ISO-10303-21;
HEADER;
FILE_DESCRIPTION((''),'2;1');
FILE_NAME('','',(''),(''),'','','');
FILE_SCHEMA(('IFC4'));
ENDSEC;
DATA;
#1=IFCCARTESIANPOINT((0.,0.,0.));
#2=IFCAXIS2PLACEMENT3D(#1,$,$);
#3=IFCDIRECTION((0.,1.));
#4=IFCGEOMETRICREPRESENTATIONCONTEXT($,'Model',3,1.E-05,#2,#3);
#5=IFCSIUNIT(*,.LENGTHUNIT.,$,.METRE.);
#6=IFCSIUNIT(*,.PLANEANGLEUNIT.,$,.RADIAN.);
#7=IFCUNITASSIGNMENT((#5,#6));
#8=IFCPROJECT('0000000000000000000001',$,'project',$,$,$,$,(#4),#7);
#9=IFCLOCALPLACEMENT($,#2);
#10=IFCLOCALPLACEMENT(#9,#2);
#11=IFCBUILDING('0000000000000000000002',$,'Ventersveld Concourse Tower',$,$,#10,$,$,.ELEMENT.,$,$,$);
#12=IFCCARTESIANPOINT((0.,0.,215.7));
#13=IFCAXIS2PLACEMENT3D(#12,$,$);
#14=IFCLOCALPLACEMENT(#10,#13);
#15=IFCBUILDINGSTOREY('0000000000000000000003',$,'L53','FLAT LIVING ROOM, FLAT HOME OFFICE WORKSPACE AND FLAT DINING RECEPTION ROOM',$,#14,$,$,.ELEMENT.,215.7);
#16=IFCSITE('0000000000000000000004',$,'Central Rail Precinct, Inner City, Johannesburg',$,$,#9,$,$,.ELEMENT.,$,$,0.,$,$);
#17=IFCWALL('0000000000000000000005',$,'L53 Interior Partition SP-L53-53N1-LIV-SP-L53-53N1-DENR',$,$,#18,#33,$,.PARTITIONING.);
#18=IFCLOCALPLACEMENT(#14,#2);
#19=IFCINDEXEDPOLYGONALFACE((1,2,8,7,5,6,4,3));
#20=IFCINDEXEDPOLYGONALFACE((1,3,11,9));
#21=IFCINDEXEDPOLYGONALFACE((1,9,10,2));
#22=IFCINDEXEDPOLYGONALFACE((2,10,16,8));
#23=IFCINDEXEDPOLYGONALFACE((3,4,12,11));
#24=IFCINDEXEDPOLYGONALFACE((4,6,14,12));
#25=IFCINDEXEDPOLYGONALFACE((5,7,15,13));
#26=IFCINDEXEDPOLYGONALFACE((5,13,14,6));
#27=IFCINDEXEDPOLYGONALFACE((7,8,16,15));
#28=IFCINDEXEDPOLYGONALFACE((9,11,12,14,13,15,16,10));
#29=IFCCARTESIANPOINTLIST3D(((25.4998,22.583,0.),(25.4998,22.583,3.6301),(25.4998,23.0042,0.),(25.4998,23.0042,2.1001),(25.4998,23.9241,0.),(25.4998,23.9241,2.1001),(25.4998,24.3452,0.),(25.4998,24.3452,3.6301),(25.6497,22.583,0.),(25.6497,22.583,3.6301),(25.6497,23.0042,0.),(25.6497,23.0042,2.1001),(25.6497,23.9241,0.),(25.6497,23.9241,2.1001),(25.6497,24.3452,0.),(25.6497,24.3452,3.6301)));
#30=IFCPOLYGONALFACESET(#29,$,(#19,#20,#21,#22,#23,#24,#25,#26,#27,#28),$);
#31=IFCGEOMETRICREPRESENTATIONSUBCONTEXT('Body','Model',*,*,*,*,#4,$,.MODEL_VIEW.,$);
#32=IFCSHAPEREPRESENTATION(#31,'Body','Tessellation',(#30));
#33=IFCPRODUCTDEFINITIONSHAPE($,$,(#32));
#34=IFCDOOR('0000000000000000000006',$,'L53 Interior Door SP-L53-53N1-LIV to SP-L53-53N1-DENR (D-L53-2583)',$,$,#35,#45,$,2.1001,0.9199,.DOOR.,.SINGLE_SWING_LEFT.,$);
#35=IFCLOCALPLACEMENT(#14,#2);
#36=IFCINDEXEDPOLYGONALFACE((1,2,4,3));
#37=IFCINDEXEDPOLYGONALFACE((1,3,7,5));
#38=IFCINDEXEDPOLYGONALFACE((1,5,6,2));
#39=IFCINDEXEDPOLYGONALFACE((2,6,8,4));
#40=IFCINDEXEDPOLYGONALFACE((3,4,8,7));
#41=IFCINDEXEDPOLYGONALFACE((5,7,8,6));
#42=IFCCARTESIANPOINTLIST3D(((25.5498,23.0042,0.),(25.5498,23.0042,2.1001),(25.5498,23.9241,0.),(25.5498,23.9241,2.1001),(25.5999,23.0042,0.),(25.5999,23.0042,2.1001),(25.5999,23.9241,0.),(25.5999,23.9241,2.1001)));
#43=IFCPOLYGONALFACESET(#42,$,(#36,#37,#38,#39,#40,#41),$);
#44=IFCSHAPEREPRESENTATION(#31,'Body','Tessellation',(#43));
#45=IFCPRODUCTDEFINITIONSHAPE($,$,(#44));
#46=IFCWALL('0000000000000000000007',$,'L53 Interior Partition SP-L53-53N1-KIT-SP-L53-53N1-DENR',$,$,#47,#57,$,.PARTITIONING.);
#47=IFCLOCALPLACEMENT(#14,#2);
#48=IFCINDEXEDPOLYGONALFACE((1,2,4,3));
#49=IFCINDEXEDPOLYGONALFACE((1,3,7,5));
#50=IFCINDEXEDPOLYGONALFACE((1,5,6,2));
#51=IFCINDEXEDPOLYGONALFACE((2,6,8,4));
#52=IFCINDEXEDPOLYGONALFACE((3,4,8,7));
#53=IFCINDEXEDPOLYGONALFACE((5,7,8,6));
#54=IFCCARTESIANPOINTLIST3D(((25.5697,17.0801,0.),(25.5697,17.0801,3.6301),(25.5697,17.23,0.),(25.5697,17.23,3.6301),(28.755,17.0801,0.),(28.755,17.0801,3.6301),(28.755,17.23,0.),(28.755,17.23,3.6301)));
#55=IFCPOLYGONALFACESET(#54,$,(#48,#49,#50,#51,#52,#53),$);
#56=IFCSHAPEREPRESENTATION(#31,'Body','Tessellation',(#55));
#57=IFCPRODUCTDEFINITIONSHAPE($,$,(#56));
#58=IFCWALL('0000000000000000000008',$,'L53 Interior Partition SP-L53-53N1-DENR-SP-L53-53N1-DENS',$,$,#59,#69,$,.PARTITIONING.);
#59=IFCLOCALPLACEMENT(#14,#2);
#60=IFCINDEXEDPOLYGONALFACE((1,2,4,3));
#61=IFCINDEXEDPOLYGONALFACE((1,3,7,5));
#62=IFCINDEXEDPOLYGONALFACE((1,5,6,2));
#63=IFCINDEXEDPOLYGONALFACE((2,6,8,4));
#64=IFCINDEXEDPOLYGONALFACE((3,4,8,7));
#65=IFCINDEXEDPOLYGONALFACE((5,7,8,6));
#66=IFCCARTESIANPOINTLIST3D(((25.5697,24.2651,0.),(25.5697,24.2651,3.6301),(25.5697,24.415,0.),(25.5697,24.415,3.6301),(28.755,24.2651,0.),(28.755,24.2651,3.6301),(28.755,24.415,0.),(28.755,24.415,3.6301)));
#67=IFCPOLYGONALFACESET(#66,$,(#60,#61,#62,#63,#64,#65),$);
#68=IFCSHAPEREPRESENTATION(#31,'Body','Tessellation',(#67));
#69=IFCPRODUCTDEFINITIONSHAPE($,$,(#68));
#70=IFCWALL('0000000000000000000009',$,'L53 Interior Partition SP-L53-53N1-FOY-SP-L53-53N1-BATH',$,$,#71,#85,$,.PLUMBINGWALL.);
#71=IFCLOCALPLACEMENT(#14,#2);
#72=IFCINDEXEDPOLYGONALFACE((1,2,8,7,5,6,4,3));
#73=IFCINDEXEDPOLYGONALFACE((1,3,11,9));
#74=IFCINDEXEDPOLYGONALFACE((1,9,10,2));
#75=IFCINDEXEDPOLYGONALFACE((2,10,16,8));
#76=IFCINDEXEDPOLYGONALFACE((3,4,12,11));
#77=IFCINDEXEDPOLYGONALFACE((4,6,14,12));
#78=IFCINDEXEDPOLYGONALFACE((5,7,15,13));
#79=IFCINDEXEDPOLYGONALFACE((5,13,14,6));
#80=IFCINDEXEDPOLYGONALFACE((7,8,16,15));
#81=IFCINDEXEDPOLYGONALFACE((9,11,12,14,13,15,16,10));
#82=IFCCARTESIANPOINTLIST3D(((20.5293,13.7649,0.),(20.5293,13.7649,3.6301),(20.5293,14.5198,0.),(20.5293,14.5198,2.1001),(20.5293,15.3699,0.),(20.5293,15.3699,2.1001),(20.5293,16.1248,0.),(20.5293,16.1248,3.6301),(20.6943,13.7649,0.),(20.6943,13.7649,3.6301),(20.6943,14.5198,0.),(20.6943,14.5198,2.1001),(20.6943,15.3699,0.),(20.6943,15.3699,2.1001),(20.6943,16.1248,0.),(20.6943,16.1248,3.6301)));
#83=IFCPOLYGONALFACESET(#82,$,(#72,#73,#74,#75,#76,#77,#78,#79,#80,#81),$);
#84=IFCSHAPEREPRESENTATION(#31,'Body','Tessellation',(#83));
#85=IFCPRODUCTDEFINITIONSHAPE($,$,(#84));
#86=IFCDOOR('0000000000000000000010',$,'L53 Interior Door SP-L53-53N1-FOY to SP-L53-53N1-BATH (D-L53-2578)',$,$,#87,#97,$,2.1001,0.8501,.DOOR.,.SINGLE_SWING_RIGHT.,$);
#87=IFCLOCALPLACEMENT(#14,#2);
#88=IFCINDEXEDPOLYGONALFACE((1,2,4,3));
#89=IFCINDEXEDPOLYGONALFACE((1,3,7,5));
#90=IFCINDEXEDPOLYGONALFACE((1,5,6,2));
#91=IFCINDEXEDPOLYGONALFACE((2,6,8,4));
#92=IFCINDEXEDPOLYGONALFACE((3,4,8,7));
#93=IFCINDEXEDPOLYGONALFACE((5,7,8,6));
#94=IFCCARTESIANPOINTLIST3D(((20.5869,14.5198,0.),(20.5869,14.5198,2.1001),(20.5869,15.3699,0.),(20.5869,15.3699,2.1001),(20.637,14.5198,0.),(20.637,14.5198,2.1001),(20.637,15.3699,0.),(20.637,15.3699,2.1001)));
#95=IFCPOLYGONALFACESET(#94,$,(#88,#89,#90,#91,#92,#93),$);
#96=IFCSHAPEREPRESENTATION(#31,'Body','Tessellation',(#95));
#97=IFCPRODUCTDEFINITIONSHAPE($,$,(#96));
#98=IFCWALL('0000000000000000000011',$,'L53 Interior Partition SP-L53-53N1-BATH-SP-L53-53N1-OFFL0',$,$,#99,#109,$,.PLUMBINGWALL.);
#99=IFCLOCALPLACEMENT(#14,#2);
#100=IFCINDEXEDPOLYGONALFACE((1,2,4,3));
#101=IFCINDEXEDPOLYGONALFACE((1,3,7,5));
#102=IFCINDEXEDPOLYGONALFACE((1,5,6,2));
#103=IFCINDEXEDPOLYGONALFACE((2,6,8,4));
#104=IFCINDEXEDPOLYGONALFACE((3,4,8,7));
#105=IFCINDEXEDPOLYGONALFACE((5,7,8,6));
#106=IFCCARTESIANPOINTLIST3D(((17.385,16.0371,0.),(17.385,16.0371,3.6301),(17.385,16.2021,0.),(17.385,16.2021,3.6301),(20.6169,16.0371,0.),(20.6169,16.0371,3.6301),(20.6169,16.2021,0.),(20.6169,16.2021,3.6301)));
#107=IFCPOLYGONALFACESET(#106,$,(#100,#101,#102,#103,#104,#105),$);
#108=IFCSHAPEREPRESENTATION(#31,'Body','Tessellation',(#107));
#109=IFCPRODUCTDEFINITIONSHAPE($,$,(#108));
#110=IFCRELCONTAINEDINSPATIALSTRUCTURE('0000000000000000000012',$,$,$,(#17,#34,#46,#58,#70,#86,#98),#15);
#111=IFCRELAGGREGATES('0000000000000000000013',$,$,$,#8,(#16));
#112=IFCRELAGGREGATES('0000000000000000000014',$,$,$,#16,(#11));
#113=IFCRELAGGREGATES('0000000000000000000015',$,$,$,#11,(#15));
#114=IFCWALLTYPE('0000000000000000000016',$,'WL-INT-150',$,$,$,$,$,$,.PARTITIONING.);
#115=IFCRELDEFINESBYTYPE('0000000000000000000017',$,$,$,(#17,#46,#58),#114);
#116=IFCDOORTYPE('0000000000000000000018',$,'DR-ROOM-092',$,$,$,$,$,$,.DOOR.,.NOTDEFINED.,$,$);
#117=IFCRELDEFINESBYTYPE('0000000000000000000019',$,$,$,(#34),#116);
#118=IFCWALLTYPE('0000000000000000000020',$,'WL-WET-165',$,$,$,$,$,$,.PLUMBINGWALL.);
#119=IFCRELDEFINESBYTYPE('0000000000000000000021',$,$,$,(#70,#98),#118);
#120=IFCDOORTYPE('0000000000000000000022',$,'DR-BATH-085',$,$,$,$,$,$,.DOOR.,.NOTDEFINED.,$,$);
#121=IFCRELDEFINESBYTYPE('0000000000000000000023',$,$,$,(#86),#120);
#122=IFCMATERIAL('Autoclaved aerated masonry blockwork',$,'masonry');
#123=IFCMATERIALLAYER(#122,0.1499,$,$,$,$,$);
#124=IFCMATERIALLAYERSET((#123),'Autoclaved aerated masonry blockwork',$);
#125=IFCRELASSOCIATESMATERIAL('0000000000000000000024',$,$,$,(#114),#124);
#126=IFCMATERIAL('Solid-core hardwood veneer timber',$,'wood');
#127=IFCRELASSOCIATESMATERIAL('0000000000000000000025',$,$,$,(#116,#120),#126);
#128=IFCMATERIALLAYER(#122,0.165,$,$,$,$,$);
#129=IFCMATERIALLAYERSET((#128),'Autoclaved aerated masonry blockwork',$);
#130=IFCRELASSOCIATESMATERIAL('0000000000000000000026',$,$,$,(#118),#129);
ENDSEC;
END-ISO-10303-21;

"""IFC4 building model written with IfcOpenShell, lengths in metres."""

from ifc_helpers import new_model, si_unit, direction, frame, frame_2d, origin, place, context, subcontext, project, spatial, rectangle, extrude, material, layer, layer_set, type_object, element, fill, save


model = new_model("IFC4")

# Units and contexts
model_context = context("Model", 3, precision=1e-05, world=origin(), true_north=direction((0.0, 1.0)))
body_context = subcontext(model_context, "Body", "Model", "MODEL_VIEW")
ifc_project = project(units=[si_unit("LENGTHUNIT", "METRE"), si_unit("PLANEANGLEUNIT", "RADIAN")], contexts=[model_context])

# Site, building, storey
site_placement = place(None, origin())
site = spatial("IfcSite", under=ifc_project, at=site_placement, Name="Central Rail Precinct, Inner City, Johannesburg", CompositionType="ELEMENT", RefElevation=0.0)
building_placement = place(site_placement, origin())
building = spatial("IfcBuilding", under=site, at=building_placement, Name="Ventersveld Concourse Tower", CompositionType="ELEMENT")
storey_placement = place(building_placement, frame((0.0, 0.0, 215.7)))
storey = spatial("IfcBuildingStorey", under=building, at=storey_placement, Name="L53", Description="FLAT LIVING ROOM, FLAT HOME OFFICE WORKSPACE AND FLAT DINING RECEPTION ROOM", CompositionType="ELEMENT", Elevation=215.7)

# Shared definitions
ifc_material_1 = material(Name="Solid-core hardwood veneer timber", Category="wood")

# Wall, opening, door
ifc_material_2 = material(Name="Autoclaved aerated masonry blockwork", Category="masonry")
ifc_layer_1 = layer(ifc_material_2, 0.1499)
ifc_layer_set_1 = layer_set([ifc_layer_1], Name="Autoclaved aerated masonry blockwork")
wall_type_1 = type_object("IfcWallType", Name="WL-INT-150", PredefinedType="PARTITIONING", material=ifc_layer_set_1)
door_type_1 = type_object("IfcDoorType", Name="DR-ROOM-092", OperationType="NOTDEFINED", PredefinedType="DOOR", material=ifc_material_1)
wall_1_placement = place(storey_placement, frame((25.5747, 22.583, 0.0), z_axis=(0.0, 0.0, 1.0), x_axis=(0.0, 1.0, 0.0)))
wall_1 = element("IfcWall", 1, at=wall_1_placement, inside=storey, type_object=wall_type_1, Name="L53 Interior Partition SP-L53-53N1-LIV-SP-L53-53N1-DENR", PredefinedType="PARTITIONING", context=body_context, shape_type="SweptSolid", body=[
    extrude(rectangle(XDim=1.7622, YDim=0.1499, at=frame_2d((0.8811, 0.0))), origin(), (0.0, 0.0, 1.0), 3.6301),
])
opening_1_placement = place(wall_1_placement, frame((0.4211, 0.0, 0.0)))
opening_1 = element("IfcOpeningElement", 2, at=opening_1_placement, cuts=wall_1, PredefinedType="OPENING", context=body_context, shape_type="SweptSolid", body=[
    extrude(rectangle(XDim=0.9199, YDim=2.1001, at=frame_2d((0.46, 1.05))), frame((0.0, 0.085, 0.0), z_axis=(0.0, -1.0, 0.0), x_axis=(1.0, 0.0, 0.0)), (0.0, 0.0, 1.0), 0.1699),
])
door_1_placement = place(opening_1_placement, origin())
door_1 = element("IfcDoor", 3, at=door_1_placement, inside=storey, type_object=door_type_1, Name="L53 Interior Door SP-L53-53N1-LIV to SP-L53-53N1-DENR (D-L53-2583)", OperationType="SINGLE_SWING_LEFT", OverallHeight=2.1001, OverallWidth=0.9199, PredefinedType="DOOR", context=body_context, shape_type="SweptSolid", body=[
    extrude(rectangle(XDim=0.9199, YDim=2.1001, at=frame_2d((0.46, 1.05))), frame((0.0, 0.0249, 0.0), z_axis=(0.0, -1.0, 0.0), x_axis=(1.0, 0.0, 0.0)), (0.0, 0.0, 1.0), 0.05),
])
fill(opening_1, door_1)

# Walls
for number, where, z_axis, x_axis, name in (
    (4, (25.5696, 17.155, 0.0), (0.0, 0.0, 1.0), (1.0, 0.0, 0.0), "L53 Interior Partition SP-L53-53N1-KIT-SP-L53-53N1-DENR"),
    (5, (25.5696, 24.3401, 0.0), (0.0, 0.0, 1.0), (1.0, 0.0, 0.0), "L53 Interior Partition SP-L53-53N1-DENR-SP-L53-53N1-DENS"),
):
    element("IfcWall", number, at=place(storey_placement, frame(where, z_axis=z_axis, x_axis=x_axis)), inside=storey, type_object=wall_type_1, Name=name, PredefinedType="PARTITIONING", context=body_context, shape_type="SweptSolid", body=[
        extrude(rectangle(XDim=3.1853, YDim=0.1499, at=frame_2d((1.5928, 0.0))), origin(), (0.0, 0.0, 1.0), 3.6301),
    ])

# Wall, opening, door
ifc_layer_2 = layer(ifc_material_2, 0.165)
ifc_layer_set_2 = layer_set([ifc_layer_2], Name="Autoclaved aerated masonry blockwork")
wall_type_2 = type_object("IfcWallType", Name="WL-WET-165", PredefinedType="PLUMBINGWALL", material=ifc_layer_set_2)
wall_2_placement = place(storey_placement, frame((20.6118, 13.7649, 0.0), z_axis=(0.0, 0.0, 1.0), x_axis=(0.0, 1.0, 0.0)))
wall_2 = element("IfcWall", 6, at=wall_2_placement, inside=storey, type_object=wall_type_2, Name="L53 Interior Partition SP-L53-53N1-FOY-SP-L53-53N1-BATH", PredefinedType="PLUMBINGWALL", context=body_context, shape_type="SweptSolid", body=[
    extrude(rectangle(XDim=2.3599, YDim=0.165, at=frame_2d((1.1799, 0.0))), origin(), (0.0, 0.0, 1.0), 3.6301),
])
opening_2_placement = place(wall_2_placement, frame((0.7549, 0.0, 0.0)))
opening_2 = element("IfcOpeningElement", 7, at=opening_2_placement, cuts=wall_2, PredefinedType="OPENING", context=body_context, shape_type="SweptSolid", body=[
    extrude(rectangle(XDim=0.8501, YDim=2.1001, at=frame_2d((0.425, 1.05))), frame((0.0, 0.0925, 0.0), z_axis=(0.0, -1.0, 0.0), x_axis=(1.0, 0.0, 0.0)), (0.0, 0.0, 1.0), 0.1851),
])
door_type_2 = type_object("IfcDoorType", Name="DR-BATH-085", OperationType="NOTDEFINED", PredefinedType="DOOR", material=ifc_material_1)
door_2_placement = place(opening_2_placement, origin())
door_2 = element("IfcDoor", 8, at=door_2_placement, inside=storey, type_object=door_type_2, Name="L53 Interior Door SP-L53-53N1-FOY to SP-L53-53N1-BATH (D-L53-2578)", OperationType="SINGLE_SWING_RIGHT", OverallHeight=2.1001, OverallWidth=0.8501, PredefinedType="DOOR", context=body_context, shape_type="SweptSolid", body=[
    extrude(rectangle(XDim=0.8501, YDim=2.1001, at=frame_2d((0.425, 1.05))), frame((0.0, 0.0249, 0.0), z_axis=(0.0, -1.0, 0.0), x_axis=(1.0, 0.0, 0.0)), (0.0, 0.0, 1.0), 0.05),
])
fill(opening_2, door_2)

# Wall
wall_3_placement = place(storey_placement, frame((17.385, 16.1196, 0.0), z_axis=(0.0, 0.0, 1.0), x_axis=(1.0, 0.0, 0.0)))
element("IfcWall", 9, at=wall_3_placement, inside=storey, type_object=wall_type_2, Name="L53 Interior Partition SP-L53-53N1-BATH-SP-L53-53N1-OFFL0", PredefinedType="PLUMBINGWALL", context=body_context, shape_type="SweptSolid", body=[
    extrude(rectangle(XDim=3.2319, YDim=0.165, at=frame_2d((1.616, 0.0))), origin(), (0.0, 0.0, 1.0), 3.6301),
])

save(model, "model.ifc")
